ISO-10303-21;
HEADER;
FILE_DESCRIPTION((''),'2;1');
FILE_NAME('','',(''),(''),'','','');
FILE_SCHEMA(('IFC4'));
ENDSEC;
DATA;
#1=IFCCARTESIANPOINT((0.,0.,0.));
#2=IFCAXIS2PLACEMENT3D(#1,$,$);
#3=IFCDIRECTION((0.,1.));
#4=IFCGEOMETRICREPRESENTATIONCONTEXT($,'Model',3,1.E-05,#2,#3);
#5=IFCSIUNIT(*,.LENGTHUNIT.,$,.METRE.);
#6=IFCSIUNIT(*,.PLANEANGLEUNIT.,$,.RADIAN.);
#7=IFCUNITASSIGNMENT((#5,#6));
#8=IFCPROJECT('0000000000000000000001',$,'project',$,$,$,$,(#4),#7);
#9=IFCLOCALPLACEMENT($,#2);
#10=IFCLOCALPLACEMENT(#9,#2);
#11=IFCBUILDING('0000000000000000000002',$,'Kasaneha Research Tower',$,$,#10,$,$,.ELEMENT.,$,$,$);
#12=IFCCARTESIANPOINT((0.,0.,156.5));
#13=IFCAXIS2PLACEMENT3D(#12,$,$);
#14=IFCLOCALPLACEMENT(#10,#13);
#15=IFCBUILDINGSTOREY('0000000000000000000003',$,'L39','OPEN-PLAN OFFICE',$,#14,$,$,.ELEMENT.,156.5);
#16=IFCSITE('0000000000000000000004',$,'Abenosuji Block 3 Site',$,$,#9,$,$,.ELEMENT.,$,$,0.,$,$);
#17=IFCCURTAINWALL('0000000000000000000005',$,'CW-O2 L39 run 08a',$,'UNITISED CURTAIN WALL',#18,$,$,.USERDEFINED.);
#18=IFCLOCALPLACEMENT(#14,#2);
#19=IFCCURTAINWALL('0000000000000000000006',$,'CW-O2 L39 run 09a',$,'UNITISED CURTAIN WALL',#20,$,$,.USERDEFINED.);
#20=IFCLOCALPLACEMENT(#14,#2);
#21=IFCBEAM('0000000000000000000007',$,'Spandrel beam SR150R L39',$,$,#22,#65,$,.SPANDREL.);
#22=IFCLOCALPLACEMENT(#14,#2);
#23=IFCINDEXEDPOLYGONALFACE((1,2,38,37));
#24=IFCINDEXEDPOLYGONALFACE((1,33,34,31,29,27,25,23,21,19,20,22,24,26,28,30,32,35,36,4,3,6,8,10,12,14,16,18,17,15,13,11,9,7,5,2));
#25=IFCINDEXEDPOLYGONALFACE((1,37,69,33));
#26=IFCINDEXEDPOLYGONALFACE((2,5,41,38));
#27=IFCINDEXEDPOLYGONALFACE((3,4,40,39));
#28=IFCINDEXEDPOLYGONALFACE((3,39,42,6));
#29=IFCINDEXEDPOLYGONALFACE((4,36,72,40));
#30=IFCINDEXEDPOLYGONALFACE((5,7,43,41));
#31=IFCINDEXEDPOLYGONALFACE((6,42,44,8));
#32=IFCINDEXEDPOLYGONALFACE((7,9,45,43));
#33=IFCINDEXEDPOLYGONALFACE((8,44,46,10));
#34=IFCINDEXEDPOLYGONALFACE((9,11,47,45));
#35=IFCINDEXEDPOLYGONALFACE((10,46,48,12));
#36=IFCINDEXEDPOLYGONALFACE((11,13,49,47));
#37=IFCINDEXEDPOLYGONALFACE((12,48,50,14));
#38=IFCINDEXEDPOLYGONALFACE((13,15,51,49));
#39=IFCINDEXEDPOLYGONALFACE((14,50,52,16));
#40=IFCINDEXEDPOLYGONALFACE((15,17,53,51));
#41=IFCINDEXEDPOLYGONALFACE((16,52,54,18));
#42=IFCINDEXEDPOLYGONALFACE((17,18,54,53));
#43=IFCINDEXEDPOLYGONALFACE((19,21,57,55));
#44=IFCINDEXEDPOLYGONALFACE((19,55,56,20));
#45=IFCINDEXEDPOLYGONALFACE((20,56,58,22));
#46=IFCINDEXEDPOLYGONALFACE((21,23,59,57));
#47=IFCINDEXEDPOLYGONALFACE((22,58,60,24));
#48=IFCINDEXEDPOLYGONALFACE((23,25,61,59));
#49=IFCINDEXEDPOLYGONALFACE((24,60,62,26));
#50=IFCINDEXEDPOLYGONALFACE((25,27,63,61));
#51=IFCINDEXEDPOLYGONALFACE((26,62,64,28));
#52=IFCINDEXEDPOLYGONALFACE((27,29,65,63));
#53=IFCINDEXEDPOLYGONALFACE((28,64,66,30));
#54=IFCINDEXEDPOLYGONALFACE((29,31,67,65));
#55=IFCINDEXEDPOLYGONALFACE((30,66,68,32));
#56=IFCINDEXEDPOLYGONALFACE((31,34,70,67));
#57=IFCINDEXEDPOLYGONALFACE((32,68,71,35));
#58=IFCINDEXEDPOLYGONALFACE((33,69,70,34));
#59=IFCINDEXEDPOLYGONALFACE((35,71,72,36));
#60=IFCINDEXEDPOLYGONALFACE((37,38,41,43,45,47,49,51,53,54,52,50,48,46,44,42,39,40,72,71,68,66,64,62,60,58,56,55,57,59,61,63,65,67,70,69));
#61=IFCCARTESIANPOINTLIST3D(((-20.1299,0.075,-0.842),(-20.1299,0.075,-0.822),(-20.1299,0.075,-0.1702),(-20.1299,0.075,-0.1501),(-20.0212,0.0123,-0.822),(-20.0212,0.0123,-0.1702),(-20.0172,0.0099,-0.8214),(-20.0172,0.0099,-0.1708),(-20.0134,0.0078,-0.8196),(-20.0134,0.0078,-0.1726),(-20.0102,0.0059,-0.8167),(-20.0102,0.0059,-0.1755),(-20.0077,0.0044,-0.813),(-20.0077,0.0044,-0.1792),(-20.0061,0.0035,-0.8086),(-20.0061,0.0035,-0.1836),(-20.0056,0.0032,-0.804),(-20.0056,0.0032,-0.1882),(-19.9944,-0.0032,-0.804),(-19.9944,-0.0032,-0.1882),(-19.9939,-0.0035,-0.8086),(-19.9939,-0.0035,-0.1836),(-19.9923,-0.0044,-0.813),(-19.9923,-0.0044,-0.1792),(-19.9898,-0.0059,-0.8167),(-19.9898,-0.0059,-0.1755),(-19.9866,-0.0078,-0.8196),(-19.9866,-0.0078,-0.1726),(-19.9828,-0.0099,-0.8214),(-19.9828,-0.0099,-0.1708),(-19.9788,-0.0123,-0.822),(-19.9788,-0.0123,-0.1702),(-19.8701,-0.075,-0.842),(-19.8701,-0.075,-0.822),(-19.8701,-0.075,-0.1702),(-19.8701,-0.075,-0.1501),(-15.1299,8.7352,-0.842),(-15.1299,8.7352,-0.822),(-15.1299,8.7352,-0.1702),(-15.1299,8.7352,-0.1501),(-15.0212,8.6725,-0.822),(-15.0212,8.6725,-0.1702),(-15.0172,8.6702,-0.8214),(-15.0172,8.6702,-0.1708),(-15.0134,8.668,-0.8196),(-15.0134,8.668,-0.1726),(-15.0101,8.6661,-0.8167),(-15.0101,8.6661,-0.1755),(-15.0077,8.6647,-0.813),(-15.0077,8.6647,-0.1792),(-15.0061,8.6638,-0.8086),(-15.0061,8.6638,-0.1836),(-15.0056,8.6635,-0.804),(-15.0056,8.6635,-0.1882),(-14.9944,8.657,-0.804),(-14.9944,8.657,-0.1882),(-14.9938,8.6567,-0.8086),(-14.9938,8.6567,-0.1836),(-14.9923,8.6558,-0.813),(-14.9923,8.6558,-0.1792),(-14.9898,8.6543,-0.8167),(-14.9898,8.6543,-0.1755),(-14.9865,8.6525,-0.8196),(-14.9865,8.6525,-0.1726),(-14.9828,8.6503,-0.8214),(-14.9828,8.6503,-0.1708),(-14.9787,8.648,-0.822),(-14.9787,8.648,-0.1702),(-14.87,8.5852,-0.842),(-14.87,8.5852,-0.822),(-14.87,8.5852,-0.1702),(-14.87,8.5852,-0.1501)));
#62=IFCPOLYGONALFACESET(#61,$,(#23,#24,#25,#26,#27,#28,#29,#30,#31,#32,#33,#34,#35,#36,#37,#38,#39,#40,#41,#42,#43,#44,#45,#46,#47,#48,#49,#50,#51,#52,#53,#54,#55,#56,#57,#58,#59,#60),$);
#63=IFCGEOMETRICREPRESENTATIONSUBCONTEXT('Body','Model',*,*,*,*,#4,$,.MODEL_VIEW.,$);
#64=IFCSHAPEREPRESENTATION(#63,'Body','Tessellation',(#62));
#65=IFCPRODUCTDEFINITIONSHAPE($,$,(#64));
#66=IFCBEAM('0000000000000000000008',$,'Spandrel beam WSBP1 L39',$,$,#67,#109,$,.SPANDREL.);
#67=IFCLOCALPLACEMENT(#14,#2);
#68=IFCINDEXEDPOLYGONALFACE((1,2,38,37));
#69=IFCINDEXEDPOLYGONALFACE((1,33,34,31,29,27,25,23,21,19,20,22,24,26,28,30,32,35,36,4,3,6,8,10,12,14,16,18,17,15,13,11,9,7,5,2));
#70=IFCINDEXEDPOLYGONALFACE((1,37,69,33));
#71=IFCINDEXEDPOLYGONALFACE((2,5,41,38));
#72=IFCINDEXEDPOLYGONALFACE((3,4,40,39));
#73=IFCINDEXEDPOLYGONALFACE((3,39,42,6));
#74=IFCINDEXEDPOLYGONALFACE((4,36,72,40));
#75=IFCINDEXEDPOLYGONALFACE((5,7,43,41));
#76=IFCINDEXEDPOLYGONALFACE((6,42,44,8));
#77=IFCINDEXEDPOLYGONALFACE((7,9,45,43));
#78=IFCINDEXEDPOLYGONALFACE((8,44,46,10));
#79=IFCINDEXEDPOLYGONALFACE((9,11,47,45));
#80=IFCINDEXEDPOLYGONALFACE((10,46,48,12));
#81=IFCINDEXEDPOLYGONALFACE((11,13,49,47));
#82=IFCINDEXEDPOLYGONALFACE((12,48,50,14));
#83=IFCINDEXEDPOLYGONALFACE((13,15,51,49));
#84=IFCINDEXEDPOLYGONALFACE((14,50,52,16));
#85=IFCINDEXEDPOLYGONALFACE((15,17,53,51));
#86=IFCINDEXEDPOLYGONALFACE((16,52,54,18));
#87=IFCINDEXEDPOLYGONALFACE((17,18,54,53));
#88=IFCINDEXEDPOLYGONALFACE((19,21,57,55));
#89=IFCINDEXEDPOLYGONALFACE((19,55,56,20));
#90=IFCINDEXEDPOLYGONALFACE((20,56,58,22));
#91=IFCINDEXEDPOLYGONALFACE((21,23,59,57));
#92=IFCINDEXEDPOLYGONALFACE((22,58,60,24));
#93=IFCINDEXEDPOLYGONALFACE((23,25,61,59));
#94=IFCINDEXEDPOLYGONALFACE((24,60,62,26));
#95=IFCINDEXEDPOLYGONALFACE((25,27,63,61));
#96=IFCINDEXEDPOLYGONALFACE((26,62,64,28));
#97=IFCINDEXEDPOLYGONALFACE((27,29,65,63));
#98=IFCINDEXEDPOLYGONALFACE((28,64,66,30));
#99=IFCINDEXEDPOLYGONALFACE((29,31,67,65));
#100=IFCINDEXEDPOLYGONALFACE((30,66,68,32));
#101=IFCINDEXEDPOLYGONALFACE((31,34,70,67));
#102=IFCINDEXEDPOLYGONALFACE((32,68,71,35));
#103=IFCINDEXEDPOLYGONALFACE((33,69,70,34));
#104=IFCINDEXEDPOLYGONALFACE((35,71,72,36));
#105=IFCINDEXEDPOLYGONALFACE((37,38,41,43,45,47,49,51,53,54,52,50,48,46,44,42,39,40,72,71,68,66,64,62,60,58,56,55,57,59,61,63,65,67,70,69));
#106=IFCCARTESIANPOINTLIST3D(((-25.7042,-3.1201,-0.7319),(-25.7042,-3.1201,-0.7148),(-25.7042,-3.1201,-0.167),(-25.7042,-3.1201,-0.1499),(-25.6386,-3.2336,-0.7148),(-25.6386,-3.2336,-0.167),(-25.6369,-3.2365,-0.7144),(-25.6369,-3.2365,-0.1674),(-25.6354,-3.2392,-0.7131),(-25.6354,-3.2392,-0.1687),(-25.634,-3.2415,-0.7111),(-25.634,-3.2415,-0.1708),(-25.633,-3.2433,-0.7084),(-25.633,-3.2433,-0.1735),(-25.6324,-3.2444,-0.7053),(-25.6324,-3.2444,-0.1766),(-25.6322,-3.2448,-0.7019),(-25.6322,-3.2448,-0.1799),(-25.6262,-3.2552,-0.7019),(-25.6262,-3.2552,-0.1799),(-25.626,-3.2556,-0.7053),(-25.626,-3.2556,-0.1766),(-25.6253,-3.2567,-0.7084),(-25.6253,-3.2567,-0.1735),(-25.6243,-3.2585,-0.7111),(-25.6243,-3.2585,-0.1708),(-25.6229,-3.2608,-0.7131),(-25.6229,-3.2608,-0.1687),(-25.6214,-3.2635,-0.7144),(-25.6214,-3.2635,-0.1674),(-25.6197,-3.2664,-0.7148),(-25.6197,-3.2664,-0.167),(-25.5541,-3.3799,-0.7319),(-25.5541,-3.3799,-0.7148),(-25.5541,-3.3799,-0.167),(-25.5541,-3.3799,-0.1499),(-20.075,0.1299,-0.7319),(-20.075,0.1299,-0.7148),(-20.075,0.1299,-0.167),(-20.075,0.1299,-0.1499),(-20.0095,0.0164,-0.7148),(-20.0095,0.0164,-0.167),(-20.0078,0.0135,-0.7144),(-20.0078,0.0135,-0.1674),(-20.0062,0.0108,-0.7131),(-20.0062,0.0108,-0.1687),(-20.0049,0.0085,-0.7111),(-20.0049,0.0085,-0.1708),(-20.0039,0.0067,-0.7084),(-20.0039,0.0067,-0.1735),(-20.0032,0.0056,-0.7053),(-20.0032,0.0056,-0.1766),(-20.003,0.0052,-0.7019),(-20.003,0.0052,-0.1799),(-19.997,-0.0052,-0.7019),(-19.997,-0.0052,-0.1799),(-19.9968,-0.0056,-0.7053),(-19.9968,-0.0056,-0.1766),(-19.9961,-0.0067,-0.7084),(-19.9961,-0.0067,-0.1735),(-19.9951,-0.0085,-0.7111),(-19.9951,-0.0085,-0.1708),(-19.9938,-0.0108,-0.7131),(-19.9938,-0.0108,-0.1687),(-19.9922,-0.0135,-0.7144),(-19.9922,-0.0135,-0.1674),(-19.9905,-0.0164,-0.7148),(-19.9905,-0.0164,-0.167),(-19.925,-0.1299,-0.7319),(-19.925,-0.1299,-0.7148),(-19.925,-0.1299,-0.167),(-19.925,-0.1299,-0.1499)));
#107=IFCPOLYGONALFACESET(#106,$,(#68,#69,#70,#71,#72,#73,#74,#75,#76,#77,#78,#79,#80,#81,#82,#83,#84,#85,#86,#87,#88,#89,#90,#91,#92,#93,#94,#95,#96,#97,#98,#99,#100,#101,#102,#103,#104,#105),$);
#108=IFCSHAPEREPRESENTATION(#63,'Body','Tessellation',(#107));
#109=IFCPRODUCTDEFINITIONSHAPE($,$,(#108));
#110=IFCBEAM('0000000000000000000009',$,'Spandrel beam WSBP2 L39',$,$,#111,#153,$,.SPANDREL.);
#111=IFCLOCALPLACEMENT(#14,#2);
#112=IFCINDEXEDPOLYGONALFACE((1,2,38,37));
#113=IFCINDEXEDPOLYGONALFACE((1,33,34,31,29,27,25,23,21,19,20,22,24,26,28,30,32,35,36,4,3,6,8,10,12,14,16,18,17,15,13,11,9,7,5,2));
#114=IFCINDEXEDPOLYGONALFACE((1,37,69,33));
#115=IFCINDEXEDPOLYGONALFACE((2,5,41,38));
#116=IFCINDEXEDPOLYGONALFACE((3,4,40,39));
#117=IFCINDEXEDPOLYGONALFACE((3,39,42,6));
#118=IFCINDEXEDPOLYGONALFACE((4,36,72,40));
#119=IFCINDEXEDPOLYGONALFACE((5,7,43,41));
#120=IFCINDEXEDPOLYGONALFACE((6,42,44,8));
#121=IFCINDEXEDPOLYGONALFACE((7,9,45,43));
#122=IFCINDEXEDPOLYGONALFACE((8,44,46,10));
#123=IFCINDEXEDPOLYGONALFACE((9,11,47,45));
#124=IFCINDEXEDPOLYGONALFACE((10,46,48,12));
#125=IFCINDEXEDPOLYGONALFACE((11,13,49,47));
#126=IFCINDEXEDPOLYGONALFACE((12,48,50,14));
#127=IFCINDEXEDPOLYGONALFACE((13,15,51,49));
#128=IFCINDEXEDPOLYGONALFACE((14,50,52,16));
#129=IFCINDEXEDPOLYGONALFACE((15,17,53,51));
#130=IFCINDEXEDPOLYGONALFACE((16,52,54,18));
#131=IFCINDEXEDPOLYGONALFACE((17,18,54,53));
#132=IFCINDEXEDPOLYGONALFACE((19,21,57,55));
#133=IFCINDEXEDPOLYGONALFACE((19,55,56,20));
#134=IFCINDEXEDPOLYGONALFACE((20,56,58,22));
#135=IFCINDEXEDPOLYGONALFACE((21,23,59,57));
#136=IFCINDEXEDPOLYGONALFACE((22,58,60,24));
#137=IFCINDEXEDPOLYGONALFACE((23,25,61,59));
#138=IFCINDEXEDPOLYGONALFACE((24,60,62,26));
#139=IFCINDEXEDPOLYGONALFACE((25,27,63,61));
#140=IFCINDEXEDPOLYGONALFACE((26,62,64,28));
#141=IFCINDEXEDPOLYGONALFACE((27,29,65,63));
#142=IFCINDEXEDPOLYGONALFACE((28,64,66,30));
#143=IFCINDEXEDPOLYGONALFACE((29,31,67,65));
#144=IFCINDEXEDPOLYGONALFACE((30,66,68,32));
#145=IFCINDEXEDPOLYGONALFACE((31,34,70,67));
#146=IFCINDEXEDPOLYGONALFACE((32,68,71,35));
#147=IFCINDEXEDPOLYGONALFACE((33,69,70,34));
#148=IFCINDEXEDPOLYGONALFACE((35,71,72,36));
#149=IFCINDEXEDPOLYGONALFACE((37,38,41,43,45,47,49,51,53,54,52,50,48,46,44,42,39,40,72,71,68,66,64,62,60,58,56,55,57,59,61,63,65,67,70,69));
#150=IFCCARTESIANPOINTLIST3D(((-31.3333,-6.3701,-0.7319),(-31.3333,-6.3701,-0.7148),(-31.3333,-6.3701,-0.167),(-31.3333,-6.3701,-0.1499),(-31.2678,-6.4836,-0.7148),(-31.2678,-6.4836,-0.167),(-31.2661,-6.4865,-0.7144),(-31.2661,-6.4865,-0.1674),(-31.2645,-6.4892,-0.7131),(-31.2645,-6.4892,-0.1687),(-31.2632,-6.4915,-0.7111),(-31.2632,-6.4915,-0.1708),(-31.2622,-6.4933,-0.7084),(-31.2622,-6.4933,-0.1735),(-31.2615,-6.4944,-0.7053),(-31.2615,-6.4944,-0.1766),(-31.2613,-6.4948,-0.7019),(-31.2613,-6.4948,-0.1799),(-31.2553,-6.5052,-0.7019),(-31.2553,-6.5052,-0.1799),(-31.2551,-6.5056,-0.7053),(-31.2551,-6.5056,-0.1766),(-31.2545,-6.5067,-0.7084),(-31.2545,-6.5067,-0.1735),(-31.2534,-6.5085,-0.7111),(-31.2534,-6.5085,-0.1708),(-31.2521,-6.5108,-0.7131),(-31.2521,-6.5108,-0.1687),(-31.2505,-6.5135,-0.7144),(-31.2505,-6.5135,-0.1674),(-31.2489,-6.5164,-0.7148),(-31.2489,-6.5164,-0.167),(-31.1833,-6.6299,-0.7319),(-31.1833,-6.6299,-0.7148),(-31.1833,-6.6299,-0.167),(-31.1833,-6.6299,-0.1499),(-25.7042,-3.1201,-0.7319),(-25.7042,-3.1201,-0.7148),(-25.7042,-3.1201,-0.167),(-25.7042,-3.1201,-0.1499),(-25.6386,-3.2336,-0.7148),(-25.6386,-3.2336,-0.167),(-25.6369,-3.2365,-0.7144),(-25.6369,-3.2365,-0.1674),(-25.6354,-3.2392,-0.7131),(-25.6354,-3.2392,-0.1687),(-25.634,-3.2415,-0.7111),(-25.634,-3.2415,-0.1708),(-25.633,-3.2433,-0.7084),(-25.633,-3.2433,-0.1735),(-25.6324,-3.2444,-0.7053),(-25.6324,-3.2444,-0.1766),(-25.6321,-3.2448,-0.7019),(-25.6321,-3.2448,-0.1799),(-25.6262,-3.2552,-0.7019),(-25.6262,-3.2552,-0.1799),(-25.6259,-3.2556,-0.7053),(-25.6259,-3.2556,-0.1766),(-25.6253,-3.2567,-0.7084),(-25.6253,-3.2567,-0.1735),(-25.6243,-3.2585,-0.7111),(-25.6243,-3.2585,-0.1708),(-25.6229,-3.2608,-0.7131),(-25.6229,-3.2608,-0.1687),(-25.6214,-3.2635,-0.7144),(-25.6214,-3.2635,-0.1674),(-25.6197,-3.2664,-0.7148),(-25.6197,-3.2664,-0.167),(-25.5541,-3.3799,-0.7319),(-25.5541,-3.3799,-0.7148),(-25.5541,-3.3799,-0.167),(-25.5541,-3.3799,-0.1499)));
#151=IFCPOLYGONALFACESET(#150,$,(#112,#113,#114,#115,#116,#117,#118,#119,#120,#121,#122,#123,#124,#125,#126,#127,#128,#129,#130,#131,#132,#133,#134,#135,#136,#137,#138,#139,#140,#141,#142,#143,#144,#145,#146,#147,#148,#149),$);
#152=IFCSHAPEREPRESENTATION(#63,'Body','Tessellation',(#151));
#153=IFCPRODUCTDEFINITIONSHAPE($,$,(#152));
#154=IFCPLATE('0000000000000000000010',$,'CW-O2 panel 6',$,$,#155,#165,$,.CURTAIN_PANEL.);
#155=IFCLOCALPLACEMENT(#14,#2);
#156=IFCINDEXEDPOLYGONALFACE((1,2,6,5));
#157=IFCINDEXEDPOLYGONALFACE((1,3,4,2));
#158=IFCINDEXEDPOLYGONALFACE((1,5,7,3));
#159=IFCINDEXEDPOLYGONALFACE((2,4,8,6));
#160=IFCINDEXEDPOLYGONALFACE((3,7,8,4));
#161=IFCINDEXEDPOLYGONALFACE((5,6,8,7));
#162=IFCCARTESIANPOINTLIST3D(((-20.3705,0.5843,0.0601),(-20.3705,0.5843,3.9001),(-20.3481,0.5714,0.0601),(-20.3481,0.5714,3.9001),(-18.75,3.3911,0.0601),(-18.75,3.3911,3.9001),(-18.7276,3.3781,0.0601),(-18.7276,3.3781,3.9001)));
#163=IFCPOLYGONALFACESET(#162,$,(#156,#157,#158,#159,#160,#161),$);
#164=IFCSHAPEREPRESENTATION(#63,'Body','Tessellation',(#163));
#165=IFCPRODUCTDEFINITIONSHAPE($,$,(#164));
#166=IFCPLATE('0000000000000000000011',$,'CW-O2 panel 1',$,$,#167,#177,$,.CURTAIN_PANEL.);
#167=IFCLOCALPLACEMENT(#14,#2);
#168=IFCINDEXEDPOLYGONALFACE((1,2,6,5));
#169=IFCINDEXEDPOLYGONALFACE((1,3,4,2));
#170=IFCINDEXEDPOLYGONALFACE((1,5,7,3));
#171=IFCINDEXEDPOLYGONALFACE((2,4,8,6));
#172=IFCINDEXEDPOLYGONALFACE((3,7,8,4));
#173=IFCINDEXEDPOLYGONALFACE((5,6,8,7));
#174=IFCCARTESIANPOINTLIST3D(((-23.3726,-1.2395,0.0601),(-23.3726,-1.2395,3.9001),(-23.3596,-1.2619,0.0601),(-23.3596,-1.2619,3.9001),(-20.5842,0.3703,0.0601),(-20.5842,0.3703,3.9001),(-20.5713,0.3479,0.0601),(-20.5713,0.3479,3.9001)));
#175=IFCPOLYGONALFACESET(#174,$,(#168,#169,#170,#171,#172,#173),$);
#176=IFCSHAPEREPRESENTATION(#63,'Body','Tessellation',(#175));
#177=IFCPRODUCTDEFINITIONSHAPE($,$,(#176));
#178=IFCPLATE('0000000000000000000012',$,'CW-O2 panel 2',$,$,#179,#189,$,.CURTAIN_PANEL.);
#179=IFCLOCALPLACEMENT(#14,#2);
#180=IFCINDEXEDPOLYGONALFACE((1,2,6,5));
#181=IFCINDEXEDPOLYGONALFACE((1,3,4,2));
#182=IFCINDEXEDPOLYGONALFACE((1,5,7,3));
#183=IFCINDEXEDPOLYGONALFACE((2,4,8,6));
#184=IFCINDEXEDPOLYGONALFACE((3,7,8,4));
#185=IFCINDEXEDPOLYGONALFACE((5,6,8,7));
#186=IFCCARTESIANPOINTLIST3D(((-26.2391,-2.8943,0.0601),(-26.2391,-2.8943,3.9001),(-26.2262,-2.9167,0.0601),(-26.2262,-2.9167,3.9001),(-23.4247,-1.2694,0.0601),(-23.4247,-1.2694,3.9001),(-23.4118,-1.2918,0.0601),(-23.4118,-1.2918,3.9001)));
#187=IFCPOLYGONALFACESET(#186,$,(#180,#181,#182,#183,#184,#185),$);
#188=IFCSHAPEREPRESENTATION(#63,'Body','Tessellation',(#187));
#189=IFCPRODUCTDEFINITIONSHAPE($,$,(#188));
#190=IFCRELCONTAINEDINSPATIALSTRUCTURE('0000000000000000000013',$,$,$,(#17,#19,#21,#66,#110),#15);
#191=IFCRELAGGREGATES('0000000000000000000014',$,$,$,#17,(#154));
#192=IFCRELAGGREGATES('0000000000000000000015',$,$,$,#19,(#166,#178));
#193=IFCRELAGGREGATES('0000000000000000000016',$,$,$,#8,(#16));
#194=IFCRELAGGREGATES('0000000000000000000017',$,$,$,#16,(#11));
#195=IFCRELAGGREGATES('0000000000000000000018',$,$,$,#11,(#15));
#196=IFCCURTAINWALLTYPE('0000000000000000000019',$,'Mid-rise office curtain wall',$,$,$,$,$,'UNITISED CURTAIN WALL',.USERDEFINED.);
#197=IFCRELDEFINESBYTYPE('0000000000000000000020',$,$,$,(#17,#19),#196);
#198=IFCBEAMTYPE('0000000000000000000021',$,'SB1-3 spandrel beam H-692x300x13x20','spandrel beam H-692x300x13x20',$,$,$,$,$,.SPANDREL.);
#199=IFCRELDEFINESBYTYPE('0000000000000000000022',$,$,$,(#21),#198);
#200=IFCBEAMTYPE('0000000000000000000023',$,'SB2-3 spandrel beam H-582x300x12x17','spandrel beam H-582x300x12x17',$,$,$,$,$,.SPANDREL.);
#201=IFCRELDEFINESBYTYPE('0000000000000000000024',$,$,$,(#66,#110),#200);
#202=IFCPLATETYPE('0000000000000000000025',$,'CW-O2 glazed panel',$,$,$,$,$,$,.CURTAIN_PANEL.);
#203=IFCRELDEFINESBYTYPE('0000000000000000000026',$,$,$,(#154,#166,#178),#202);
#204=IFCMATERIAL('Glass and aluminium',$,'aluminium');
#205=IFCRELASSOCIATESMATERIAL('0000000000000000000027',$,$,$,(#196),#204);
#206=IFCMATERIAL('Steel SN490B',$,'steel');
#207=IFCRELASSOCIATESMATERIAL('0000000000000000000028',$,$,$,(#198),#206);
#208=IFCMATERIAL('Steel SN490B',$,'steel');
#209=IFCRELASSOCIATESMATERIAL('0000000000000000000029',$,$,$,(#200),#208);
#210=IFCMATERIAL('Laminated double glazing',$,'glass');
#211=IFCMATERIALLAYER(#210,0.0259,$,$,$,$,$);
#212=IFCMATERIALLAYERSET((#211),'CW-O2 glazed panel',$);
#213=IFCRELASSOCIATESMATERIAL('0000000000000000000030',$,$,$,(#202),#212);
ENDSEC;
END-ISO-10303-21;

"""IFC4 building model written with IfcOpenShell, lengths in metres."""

from ifc_helpers import new_model, si_unit, direction, frame, origin, origin_2d, place, context, subcontext, project, spatial, rectangle, i_section, extrude, material, layer, layer_set, material_profile, profile_set, type_object, element, aggregate, save


model = new_model("IFC4")

# Units and contexts
model_context = context("Model", 3, precision=1e-05, world=origin(), true_north=direction((0.0, 1.0)))
body_context = subcontext(model_context, "Body", "Model", "MODEL_VIEW")
ifc_project = project(units=[si_unit("LENGTHUNIT", "METRE"), si_unit("PLANEANGLEUNIT", "RADIAN")], contexts=[model_context])

# Site, building, storey
site_placement = place(None, origin())
site = spatial("IfcSite", under=ifc_project, at=site_placement, Name="Abenosuji Block 3 Site", CompositionType="ELEMENT", RefElevation=0.0)
building_placement = place(site_placement, origin())
building = spatial("IfcBuilding", under=site, at=building_placement, Name="Kasaneha Research Tower", CompositionType="ELEMENT")
storey_placement = place(building_placement, frame((0.0, 0.0, 156.5)))
storey = spatial("IfcBuildingStorey", under=building, at=storey_placement, Name="L39", Description="OPEN-PLAN OFFICE", CompositionType="ELEMENT", Elevation=156.5)

# Curtain wall
ifc_material_1 = material(Name="Glass and aluminium", Category="aluminium")
curtain_wall_type = type_object("IfcCurtainWallType", Name="Mid-rise office curtain wall", ElementType="UNITISED CURTAIN WALL", PredefinedType="USERDEFINED", material=ifc_material_1)
curtain_wall_1_placement = place(storey_placement, origin())
curtain_wall_1 = element("IfcCurtainWall", 1, at=curtain_wall_1_placement, inside=storey, type_object=curtain_wall_type, Name="CW-O2 L39 run 08a", ObjectType="UNITISED CURTAIN WALL", PredefinedType="USERDEFINED")

# Curtain wall
curtain_wall_2_placement = place(storey_placement, origin())
curtain_wall_2 = element("IfcCurtainWall", 2, at=curtain_wall_2_placement, inside=storey, type_object=curtain_wall_type, Name="CW-O2 L39 run 09a", ObjectType="UNITISED CURTAIN WALL", PredefinedType="USERDEFINED")

# Beams
ifc_material_2 = material(Name="Steel SN490B", Category="steel")
ifc_material_profile_1 = material_profile(ifc_material_2, i_section(OverallWidth=0.3, OverallDepth=0.6919, WebThickness=0.0129, FlangeThickness=0.02, FilletRadius=0.0181, at=origin_2d()), Name="H-692x300x13x20")
ifc_profile_set_1 = profile_set([ifc_material_profile_1], Name="Steel SN490B")
beam_type_1 = type_object("IfcBeamType", Name="SB1-3 spandrel beam H-692x300x13x20", Description="spandrel beam H-692x300x13x20", PredefinedType="SPANDREL", material=ifc_profile_set_1)
beam_1_placement = place(storey_placement, frame((-20.0, 0.0, -0.4961), z_axis=(0.500004, 0.866023, 0.0), x_axis=(-0.866023, 0.500004, 0.0)))
element("IfcBeam", 3, at=beam_1_placement, inside=storey, type_object=beam_type_1, Name="Spandrel beam SR150R L39", PredefinedType="SPANDREL", context=body_context, shape_type="SweptSolid", body=[
    extrude(i_section(OverallWidth=0.3, OverallDepth=0.6919, WebThickness=0.0129, FlangeThickness=0.02, FilletRadius=0.0181, at=origin_2d()), origin(), (0.0, 0.0, 1.0), 10.0),
])
ifc_material_3 = material(Name="Steel SN490B", Category="steel")
ifc_material_profile_2 = material_profile(ifc_material_3, i_section(OverallWidth=0.3, OverallDepth=0.582, WebThickness=0.012, FlangeThickness=0.0171, FilletRadius=0.0129, at=origin_2d()), Name="H-582x300x12x17")
ifc_profile_set_2 = profile_set([ifc_material_profile_2], Name="Steel SN490B")
beam_type_2 = type_object("IfcBeamType", Name="SB2-3 spandrel beam H-582x300x12x17", Description="spandrel beam H-582x300x12x17", PredefinedType="SPANDREL", material=ifc_profile_set_2)
for number, where, z_axis, x_axis, name in (
    (4, (-20.0, 0.0, -0.4409), (-0.866025, -0.500001, 0.0), (0.500001, -0.866025, 0.0), "Spandrel beam WSBP1 L39"),
    (5, (-25.6292, -3.25, -0.4409), (-0.866025, -0.500001, 0.0), (0.500001, -0.866025, 0.0), "Spandrel beam WSBP2 L39"),
):
    element("IfcBeam", number, at=place(storey_placement, frame(where, z_axis=z_axis, x_axis=x_axis)), inside=storey, type_object=beam_type_2, Name=name, PredefinedType="SPANDREL", context=body_context, shape_type="SweptSolid", body=[
        extrude(i_section(OverallWidth=0.3, OverallDepth=0.582, WebThickness=0.012, FlangeThickness=0.0171, FilletRadius=0.0129, at=origin_2d()), origin(), (0.0, 0.0, 1.0), 6.5),
    ])

# Plates
ifc_material_4 = material(Name="Laminated double glazing", Category="glass")
ifc_layer_1 = layer(ifc_material_4, 0.0259)
ifc_layer_set_1 = layer_set([ifc_layer_1], Name="CW-O2 glazed panel")
plate_type = type_object("IfcPlateType", Name="CW-O2 glazed panel", PredefinedType="CURTAIN_PANEL", material=ifc_layer_set_1)
plate_1_placement = place(storey_placement, frame((-19.5491, 1.9812, 0.0601), z_axis=(0.0, 0.0, 1.0), x_axis=(-0.5, -0.866025, 0.0)))
plate_1 = element("IfcPlate", 6, at=plate_1_placement, type_object=plate_type, Name="CW-O2 panel 6", PredefinedType="CURTAIN_PANEL", context=body_context, shape_type="SweptSolid", body=[
    extrude(rectangle(XDim=3.241, YDim=0.0259, at=origin_2d()), origin(), (0.0, 0.0, 1.0), 3.8401),
])
aggregate(curtain_wall_1, [plate_1])
plate_2_placement = place(storey_placement, frame((-21.9719, -0.4458, 0.0601), z_axis=(0.0, 0.0, 1.0), x_axis=(-0.866025, -0.5, 0.0)))
plate_2 = element("IfcPlate", 7, at=plate_2_placement, type_object=plate_type, Name="CW-O2 panel 1", PredefinedType="CURTAIN_PANEL", context=body_context, shape_type="SweptSolid", body=[
    extrude(rectangle(XDim=3.2197, YDim=0.0259, at=origin_2d()), origin(), (0.0, 0.0, 1.0), 3.8401),
])
plate_3_placement = place(storey_placement, frame((-24.8254, -2.093, 0.0601), z_axis=(0.0, 0.0, 1.0), x_axis=(-0.866025, -0.5, 0.0)))
plate_3 = element("IfcPlate", 8, at=plate_3_placement, type_object=plate_type, Name="CW-O2 panel 2", PredefinedType="CURTAIN_PANEL", context=body_context, shape_type="SweptSolid", body=[
    extrude(rectangle(XDim=3.2498, YDim=0.0259, at=origin_2d()), origin(), (0.0, 0.0, 1.0), 3.8401),
])
aggregate(curtain_wall_2, [plate_2, plate_3])

save(model, "model.ifc")
